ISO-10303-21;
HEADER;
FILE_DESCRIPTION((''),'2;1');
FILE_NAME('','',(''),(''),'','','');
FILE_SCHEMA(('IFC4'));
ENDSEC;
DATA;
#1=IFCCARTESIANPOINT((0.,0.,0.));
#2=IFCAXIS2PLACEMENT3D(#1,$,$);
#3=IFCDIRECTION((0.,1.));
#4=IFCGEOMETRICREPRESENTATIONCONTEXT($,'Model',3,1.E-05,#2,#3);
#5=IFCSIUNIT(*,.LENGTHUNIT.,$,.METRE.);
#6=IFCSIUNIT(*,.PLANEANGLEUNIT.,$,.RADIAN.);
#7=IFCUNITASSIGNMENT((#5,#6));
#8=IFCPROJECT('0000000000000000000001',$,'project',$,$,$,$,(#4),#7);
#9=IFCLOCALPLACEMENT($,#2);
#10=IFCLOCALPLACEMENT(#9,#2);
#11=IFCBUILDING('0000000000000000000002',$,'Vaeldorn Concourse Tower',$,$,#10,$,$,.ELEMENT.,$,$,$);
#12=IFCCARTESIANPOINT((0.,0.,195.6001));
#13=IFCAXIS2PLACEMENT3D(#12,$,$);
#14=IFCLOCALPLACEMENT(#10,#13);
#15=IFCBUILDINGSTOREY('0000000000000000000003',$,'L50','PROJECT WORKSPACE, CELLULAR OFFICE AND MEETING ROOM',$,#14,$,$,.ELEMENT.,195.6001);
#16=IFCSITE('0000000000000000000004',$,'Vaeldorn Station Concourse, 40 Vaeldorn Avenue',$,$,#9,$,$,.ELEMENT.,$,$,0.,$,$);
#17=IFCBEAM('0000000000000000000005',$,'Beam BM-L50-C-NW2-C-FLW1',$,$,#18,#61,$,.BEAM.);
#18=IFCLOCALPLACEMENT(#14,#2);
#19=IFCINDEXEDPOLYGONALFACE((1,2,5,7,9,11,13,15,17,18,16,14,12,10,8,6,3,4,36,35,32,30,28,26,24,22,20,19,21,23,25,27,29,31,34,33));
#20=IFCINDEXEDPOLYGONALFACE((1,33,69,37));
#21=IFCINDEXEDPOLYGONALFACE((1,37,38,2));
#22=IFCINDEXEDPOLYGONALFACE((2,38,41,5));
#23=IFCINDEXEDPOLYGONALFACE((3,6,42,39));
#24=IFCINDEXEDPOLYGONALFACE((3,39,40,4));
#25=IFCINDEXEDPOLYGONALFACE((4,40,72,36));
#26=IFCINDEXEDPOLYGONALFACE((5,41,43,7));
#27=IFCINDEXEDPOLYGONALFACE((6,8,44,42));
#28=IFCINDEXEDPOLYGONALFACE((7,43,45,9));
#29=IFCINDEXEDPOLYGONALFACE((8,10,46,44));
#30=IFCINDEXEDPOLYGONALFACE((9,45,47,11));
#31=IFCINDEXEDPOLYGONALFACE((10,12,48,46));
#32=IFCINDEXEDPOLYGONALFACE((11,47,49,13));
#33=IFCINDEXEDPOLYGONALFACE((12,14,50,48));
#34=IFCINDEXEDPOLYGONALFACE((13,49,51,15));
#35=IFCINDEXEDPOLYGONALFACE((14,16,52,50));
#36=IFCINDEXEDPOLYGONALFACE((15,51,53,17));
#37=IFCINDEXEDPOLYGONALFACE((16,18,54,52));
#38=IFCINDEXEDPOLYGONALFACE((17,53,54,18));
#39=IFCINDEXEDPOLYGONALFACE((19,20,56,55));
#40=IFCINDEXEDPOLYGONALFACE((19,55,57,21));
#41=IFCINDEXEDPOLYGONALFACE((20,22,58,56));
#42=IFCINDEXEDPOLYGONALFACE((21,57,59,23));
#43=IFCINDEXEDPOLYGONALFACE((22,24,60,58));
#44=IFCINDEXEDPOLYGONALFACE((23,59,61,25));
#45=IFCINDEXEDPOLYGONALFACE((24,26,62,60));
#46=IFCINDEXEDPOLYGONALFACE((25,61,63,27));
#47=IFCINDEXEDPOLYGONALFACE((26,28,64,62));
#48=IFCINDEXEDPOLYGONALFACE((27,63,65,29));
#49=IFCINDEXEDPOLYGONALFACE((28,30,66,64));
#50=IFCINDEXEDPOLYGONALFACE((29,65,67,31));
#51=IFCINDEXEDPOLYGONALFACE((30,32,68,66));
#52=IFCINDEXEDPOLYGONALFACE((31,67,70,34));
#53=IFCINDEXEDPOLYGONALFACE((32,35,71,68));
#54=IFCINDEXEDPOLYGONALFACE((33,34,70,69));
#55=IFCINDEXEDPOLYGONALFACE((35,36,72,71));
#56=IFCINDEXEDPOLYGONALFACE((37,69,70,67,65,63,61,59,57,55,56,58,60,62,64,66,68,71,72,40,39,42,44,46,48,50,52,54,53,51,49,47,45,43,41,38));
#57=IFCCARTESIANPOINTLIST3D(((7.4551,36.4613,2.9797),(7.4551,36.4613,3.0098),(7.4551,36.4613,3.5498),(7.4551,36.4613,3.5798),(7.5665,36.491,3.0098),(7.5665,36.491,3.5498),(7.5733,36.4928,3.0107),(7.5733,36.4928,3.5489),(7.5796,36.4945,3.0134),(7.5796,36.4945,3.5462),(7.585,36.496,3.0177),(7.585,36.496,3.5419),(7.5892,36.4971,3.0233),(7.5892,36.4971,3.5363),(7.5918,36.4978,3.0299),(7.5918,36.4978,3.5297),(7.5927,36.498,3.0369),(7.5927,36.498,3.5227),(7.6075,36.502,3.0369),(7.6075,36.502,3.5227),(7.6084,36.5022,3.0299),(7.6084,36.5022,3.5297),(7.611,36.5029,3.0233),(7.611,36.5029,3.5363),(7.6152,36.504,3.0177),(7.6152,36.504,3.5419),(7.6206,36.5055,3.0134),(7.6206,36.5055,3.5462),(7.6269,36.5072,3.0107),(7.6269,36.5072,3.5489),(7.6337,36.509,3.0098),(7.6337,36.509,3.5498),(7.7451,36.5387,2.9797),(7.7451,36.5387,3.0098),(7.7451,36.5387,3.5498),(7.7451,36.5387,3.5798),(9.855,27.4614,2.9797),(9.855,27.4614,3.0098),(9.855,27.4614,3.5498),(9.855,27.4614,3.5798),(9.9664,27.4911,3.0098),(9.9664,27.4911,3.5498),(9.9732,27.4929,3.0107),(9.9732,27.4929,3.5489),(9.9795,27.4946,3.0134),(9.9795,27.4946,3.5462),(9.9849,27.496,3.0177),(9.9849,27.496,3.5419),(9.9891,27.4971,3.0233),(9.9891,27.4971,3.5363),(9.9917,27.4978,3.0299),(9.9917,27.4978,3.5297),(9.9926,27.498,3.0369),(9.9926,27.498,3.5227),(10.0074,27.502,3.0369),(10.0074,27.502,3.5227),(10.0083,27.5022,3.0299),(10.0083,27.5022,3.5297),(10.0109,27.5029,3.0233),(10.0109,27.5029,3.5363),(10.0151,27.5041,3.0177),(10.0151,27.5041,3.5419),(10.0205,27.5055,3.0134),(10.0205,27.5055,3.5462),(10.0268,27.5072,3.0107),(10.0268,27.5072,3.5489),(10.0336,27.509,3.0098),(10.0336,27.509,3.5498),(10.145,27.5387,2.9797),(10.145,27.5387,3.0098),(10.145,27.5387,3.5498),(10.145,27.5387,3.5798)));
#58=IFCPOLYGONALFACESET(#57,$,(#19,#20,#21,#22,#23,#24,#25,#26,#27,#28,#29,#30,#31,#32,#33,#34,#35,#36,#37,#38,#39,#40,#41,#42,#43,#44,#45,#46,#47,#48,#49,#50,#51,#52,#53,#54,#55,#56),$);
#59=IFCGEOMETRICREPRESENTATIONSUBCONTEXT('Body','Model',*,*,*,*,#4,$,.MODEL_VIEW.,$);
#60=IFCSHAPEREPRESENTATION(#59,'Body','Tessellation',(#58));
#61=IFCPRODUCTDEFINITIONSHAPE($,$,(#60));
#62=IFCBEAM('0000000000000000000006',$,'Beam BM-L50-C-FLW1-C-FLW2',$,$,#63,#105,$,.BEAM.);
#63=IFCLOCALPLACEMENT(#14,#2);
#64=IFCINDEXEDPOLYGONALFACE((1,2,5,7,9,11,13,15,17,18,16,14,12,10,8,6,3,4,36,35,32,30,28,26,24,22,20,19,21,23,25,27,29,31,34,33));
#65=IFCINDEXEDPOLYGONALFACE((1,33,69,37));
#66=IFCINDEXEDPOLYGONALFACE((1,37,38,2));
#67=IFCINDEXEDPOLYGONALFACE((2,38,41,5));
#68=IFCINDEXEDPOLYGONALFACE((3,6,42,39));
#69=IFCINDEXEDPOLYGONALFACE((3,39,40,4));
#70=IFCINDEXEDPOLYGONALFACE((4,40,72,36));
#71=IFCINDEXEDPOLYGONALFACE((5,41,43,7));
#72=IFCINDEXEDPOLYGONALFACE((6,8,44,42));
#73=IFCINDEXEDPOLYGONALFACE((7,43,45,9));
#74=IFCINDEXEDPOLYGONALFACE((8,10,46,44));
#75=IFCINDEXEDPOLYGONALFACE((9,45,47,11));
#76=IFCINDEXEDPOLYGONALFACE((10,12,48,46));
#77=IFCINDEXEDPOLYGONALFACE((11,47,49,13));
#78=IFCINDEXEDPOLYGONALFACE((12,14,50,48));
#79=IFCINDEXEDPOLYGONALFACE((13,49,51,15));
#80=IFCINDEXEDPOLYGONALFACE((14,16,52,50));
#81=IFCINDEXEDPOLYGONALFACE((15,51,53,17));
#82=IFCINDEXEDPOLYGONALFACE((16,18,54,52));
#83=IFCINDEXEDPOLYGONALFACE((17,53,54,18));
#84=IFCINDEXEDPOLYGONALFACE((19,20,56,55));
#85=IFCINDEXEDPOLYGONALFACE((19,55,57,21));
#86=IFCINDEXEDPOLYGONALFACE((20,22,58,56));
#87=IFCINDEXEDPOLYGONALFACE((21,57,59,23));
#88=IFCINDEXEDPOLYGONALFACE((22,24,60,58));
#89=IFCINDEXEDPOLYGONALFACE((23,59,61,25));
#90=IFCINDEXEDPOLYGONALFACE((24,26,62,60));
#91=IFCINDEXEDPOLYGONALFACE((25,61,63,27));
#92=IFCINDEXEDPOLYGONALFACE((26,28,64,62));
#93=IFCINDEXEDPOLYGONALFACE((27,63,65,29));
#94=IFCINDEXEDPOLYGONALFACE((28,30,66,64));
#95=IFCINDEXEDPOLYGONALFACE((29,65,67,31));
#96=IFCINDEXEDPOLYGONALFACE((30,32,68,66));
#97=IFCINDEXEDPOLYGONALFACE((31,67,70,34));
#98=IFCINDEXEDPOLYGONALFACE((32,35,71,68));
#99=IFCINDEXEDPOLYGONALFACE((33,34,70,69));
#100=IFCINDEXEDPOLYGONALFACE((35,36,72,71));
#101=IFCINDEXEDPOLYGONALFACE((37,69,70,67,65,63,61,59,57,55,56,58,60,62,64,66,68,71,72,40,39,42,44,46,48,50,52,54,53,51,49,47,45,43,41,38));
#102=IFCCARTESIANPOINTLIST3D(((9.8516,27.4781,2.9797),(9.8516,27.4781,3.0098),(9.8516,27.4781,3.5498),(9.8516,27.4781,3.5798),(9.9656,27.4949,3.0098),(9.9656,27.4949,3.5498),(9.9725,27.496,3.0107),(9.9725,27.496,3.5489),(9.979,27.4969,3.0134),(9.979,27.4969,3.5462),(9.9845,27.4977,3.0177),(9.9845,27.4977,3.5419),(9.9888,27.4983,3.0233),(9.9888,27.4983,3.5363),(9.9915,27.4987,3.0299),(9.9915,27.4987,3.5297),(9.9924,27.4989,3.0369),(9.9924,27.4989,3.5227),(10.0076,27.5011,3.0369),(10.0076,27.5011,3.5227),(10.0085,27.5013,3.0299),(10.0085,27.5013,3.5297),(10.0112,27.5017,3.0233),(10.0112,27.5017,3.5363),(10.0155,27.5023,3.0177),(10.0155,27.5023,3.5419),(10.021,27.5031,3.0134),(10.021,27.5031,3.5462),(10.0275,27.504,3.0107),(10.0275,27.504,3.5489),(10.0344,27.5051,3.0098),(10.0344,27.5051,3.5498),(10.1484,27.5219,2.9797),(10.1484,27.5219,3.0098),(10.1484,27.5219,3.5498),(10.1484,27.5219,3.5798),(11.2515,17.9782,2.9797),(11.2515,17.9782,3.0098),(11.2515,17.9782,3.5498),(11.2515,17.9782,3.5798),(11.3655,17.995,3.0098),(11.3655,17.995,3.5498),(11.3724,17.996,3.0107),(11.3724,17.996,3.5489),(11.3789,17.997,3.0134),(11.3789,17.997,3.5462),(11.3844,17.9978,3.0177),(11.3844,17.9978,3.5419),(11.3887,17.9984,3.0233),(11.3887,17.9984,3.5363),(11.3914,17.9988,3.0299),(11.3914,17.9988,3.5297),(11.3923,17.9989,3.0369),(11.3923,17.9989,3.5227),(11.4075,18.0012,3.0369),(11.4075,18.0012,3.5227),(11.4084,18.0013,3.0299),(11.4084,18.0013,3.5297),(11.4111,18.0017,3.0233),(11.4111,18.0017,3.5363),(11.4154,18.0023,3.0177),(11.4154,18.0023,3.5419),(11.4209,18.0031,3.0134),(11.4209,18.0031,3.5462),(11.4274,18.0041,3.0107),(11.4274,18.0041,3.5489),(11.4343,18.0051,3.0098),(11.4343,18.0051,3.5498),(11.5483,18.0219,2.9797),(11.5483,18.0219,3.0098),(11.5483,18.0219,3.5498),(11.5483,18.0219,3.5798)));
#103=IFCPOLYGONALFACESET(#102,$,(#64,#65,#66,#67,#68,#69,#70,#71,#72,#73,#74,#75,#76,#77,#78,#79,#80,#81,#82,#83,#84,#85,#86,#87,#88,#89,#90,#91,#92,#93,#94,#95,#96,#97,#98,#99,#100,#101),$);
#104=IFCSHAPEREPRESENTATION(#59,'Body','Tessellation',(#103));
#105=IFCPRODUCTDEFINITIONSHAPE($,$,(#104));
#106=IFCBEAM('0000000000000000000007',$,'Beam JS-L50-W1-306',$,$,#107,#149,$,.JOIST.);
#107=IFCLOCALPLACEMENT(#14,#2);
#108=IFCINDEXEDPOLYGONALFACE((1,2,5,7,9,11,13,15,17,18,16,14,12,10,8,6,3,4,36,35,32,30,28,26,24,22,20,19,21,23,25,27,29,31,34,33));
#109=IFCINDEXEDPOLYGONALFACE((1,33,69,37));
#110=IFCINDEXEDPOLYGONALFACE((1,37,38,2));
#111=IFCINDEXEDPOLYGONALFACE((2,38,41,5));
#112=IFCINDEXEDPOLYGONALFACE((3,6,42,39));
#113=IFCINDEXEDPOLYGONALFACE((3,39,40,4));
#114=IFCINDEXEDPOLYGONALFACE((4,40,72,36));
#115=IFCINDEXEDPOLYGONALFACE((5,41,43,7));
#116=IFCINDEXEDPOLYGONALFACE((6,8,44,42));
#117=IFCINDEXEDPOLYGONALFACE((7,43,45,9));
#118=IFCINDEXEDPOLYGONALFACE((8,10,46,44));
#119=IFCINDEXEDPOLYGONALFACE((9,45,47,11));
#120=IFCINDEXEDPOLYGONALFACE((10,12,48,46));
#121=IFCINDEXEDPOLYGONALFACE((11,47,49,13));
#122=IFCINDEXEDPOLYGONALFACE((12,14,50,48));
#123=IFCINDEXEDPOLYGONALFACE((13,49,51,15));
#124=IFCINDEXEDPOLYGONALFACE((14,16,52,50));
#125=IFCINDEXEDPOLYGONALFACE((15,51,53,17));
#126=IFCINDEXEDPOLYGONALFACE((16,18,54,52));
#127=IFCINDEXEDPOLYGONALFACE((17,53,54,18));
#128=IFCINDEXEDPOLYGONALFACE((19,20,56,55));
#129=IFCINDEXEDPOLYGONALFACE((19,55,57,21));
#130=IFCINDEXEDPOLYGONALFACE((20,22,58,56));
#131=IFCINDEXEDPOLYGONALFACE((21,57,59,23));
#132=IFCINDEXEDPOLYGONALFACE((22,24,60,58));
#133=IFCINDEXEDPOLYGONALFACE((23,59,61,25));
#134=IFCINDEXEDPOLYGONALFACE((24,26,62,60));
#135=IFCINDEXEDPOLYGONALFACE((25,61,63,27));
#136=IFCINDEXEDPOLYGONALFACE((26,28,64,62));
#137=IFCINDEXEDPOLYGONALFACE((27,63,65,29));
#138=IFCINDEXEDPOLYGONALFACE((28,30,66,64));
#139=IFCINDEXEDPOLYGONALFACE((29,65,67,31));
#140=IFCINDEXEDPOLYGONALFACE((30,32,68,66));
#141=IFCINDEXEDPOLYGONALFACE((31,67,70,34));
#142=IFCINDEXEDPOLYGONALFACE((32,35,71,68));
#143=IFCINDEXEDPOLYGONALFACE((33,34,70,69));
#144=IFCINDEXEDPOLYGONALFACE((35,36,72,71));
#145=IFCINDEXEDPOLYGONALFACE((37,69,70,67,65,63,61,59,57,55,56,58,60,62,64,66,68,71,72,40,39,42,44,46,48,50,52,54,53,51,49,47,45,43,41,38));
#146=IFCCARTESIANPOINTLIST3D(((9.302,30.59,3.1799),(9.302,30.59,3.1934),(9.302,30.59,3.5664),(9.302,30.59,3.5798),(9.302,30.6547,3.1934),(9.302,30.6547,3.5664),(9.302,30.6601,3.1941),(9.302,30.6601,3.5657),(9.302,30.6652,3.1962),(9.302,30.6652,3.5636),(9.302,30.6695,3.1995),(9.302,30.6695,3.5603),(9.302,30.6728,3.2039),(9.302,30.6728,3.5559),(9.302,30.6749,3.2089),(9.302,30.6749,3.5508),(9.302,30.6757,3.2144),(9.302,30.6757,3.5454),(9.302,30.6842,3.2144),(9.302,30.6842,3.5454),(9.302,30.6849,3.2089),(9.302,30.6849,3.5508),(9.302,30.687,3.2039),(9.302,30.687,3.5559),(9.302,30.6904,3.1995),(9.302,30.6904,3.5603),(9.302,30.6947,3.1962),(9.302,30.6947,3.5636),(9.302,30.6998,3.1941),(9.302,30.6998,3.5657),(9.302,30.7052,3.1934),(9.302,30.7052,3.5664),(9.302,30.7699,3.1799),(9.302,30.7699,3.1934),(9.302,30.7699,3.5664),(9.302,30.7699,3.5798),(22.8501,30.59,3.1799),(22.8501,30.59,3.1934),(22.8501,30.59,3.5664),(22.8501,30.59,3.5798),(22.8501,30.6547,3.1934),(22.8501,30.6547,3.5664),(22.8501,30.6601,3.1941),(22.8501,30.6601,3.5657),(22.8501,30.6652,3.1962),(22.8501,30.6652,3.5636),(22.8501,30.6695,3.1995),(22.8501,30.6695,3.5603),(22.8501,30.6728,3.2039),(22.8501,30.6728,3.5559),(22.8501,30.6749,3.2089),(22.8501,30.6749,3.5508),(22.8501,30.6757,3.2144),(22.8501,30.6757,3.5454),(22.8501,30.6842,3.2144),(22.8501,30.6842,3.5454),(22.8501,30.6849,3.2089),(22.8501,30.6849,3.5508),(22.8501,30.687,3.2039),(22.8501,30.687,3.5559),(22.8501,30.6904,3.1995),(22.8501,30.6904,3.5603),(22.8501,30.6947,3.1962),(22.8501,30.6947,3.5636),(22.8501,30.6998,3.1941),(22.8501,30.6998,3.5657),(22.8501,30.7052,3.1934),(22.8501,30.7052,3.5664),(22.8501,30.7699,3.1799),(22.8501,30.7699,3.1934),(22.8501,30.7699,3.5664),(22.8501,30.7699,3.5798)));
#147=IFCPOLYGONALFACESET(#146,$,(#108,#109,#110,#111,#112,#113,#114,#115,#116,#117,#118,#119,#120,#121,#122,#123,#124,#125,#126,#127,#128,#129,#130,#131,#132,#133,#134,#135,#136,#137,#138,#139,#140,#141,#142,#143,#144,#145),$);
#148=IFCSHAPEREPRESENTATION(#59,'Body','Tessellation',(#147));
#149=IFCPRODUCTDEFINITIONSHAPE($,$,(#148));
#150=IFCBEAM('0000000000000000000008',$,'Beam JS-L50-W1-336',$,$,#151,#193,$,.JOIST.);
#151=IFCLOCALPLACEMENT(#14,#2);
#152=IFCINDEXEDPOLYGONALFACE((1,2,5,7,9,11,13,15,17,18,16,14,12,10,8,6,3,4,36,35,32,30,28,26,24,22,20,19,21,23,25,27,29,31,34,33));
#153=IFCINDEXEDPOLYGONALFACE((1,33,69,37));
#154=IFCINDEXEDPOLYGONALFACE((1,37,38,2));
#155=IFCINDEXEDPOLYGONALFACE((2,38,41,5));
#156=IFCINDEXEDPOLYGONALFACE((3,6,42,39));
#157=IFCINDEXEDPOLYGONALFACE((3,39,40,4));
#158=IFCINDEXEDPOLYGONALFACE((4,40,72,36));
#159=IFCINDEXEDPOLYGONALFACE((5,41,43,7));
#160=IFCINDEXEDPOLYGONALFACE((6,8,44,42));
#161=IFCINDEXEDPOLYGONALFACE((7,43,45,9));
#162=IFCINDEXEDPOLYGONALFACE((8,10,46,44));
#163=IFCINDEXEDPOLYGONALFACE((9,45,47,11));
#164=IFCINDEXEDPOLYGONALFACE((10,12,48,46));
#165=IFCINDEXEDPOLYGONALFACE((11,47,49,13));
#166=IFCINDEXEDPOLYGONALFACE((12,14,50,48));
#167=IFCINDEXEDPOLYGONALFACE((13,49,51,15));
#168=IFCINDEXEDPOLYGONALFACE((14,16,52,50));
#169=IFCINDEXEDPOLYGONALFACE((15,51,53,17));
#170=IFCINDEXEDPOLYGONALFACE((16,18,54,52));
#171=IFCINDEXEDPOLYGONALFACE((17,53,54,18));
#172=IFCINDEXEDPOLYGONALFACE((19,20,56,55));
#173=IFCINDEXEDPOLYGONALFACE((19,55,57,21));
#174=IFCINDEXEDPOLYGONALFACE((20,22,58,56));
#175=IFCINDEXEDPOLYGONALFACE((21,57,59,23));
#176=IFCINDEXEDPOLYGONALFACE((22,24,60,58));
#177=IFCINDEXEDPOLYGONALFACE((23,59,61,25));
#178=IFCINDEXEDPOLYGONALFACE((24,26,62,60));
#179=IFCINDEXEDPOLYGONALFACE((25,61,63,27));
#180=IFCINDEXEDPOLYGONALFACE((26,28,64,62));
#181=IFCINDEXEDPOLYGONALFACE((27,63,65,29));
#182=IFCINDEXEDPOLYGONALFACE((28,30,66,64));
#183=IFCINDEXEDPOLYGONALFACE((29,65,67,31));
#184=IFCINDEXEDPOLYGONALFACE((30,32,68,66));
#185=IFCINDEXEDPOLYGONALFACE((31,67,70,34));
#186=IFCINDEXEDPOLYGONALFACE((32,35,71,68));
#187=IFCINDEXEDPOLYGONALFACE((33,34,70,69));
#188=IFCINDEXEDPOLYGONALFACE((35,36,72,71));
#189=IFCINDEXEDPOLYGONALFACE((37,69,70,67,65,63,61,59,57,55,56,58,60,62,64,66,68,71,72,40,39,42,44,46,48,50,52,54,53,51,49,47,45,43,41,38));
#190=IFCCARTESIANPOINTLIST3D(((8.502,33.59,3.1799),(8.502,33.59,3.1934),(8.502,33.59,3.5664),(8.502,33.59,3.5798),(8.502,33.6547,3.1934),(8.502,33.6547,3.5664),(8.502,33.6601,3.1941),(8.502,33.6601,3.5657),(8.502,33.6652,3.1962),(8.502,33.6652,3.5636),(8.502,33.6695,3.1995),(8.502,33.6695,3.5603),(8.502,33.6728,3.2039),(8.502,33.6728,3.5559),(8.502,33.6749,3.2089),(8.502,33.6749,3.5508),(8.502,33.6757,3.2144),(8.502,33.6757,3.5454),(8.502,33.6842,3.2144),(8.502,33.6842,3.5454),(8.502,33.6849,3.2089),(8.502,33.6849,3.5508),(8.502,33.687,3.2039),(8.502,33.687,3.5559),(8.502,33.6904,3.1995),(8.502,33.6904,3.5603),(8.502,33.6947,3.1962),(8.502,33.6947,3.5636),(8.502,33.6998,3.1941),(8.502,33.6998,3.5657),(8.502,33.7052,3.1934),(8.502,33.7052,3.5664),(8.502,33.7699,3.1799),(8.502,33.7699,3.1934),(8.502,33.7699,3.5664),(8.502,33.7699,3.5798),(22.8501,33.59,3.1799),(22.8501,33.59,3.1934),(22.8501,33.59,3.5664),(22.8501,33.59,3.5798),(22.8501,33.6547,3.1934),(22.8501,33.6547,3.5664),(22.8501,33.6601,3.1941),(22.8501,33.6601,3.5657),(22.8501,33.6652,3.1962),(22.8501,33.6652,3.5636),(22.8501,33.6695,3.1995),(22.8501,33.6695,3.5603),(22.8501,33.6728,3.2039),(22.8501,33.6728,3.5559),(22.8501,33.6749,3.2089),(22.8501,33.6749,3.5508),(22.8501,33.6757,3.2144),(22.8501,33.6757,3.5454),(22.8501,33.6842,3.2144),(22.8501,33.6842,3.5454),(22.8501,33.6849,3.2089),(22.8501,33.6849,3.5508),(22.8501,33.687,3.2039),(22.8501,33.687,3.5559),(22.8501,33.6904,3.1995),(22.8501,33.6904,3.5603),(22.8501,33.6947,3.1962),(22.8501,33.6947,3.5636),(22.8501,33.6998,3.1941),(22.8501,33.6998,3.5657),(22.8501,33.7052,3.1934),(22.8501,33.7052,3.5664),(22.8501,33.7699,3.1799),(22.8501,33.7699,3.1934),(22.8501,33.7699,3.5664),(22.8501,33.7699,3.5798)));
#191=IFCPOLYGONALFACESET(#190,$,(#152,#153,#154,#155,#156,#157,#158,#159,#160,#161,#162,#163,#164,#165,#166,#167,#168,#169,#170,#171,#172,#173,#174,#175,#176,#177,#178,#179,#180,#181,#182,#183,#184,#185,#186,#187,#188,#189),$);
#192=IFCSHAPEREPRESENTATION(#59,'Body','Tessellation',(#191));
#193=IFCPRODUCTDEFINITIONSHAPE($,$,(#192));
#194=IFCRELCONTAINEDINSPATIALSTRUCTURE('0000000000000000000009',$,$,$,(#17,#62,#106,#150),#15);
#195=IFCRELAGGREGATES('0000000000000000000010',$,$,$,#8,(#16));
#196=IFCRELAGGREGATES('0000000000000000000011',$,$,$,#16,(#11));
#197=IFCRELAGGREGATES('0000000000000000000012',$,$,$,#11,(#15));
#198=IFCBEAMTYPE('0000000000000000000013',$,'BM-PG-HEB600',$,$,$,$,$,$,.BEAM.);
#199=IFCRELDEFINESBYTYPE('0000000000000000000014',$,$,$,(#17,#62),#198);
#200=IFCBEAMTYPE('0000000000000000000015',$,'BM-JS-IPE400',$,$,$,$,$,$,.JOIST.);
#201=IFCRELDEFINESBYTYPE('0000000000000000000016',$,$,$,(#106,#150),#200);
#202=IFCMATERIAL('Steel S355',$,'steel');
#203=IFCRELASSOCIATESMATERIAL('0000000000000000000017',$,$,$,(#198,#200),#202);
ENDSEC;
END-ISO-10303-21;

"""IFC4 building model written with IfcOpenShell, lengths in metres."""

from ifc_helpers import new_model, si_unit, direction, frame, origin, origin_2d, place, context, subcontext, project, spatial, i_section, extrude, source, transform, mapped, material, material_profile, profile_set, type_object, element, save


model = new_model("IFC4")

# Units and contexts
model_context = context("Model", 3, precision=1e-05, world=origin(), true_north=direction((0.0, 1.0)))
body_context = subcontext(model_context, "Body", "Model", "MODEL_VIEW")
ifc_project = project(units=[si_unit("LENGTHUNIT", "METRE"), si_unit("PLANEANGLEUNIT", "RADIAN")], contexts=[model_context])

# Site, building, storey
site_placement = place(None, origin())
site = spatial("IfcSite", under=ifc_project, at=site_placement, Name="Vaeldorn Station Concourse, 40 Vaeldorn Avenue", CompositionType="ELEMENT", RefElevation=0.0)
building_placement = place(site_placement, origin())
building = spatial("IfcBuilding", under=site, at=building_placement, Name="Vaeldorn Concourse Tower", CompositionType="ELEMENT")
storey_placement = place(building_placement, frame((0.0, 0.0, 195.6001)))
storey = spatial("IfcBuildingStorey", under=building, at=storey_placement, Name="L50", Description="PROJECT WORKSPACE, CELLULAR OFFICE AND MEETING ROOM", CompositionType="ELEMENT", Elevation=195.6001)

# Beams
ifc_material_1 = material(Name="Steel S355", Category="steel")
ifc_material_profile_1 = material_profile(ifc_material_1, i_section(OverallWidth=0.3, OverallDepth=0.6001, WebThickness=0.0154, FlangeThickness=0.03, FilletRadius=0.0271, at=origin_2d()), Name="HEB 600")
ifc_profile_set_1 = profile_set([ifc_material_profile_1], Name="Steel S355")
beam_type_1 = type_object("IfcBeamType", Name="BM-PG-HEB600", PredefinedType="BEAM", material=ifc_profile_set_1)
shared_shape_1 = source(origin(), body_context, "Body", "SweptSolid", [
    extrude(i_section(OverallWidth=0.3, OverallDepth=0.6001, WebThickness=0.0154, FlangeThickness=0.03, FilletRadius=0.0271, at=origin_2d()), origin(), (0.0, 0.0, 1.0), 9.3145),
])
beam_1_placement = place(storey_placement, frame((7.6001, 36.5, 3.2798), z_axis=(0.257653, -0.966238, 0.0), x_axis=(0.966238, 0.257653, 0.0)))
element("IfcBeam", 1, at=beam_1_placement, inside=storey, type_object=beam_type_1, Name="Beam BM-L50-C-NW2-C-FLW1", PredefinedType="BEAM", context=body_context, shape_type="MappedRepresentation", body=[
    mapped(shared_shape_1, transform((0.0, 0.0, 0.0), scale=1.0)),
])
shared_shape_2 = source(origin(), body_context, "Body", "SweptSolid", [
    extrude(i_section(OverallWidth=0.3, OverallDepth=0.6001, WebThickness=0.0154, FlangeThickness=0.03, FilletRadius=0.0271, at=origin_2d()), origin(), (0.0, 0.0, 1.0), 9.6025),
])
beam_2_placement = place(storey_placement, frame((10.0, 27.5, 3.2798), z_axis=(0.145784, -0.989316, 0.0), x_axis=(0.989316, 0.145784, 0.0)))
element("IfcBeam", 2, at=beam_2_placement, inside=storey, type_object=beam_type_1, Name="Beam BM-L50-C-FLW1-C-FLW2", PredefinedType="BEAM", context=body_context, shape_type="MappedRepresentation", body=[
    mapped(shared_shape_2, transform((0.0, 0.0, 0.0), scale=1.0)),
])
ifc_material_profile_2 = material_profile(ifc_material_1, i_section(OverallWidth=0.1799, OverallDepth=0.3999, WebThickness=0.0085, FlangeThickness=0.0134, FilletRadius=0.021, at=origin_2d()), Name="IPE 400")
ifc_profile_set_2 = profile_set([ifc_material_profile_2], Name="Steel S355")
beam_type_2 = type_object("IfcBeamType", Name="BM-JS-IPE400", PredefinedType="JOIST", material=ifc_profile_set_2)
shared_shape_3 = source(origin(), body_context, "Body", "SweptSolid", [
    extrude(i_section(OverallWidth=0.1799, OverallDepth=0.3999, WebThickness=0.0085, FlangeThickness=0.0134, FilletRadius=0.021, at=origin_2d()), origin(), (0.0, 0.0, 1.0), 13.5481),
])
beam_3_placement = place(storey_placement, frame((9.302, 30.6799, 3.3799), z_axis=(1.0, 0.0, 0.0), x_axis=(0.0, 1.0, 0.0)))
element("IfcBeam", 3, at=beam_3_placement, inside=storey, type_object=beam_type_2, Name="Beam JS-L50-W1-306", PredefinedType="JOIST", context=body_context, shape_type="MappedRepresentation", body=[
    mapped(shared_shape_3, transform((0.0, 0.0, 0.0), scale=1.0)),
])
shared_shape_4 = source(origin(), body_context, "Body", "SweptSolid", [
    extrude(i_section(OverallWidth=0.1799, OverallDepth=0.3999, WebThickness=0.0085, FlangeThickness=0.0134, FilletRadius=0.021, at=origin_2d()), origin(), (0.0, 0.0, 1.0), 14.3481),
])
beam_4_placement = place(storey_placement, frame((8.502, 33.6799, 3.3799), z_axis=(1.0, 0.0, 0.0), x_axis=(0.0, 1.0, 0.0)))
element("IfcBeam", 4, at=beam_4_placement, inside=storey, type_object=beam_type_2, Name="Beam JS-L50-W1-336", PredefinedType="JOIST", context=body_context, shape_type="MappedRepresentation", body=[
    mapped(shared_shape_4, transform((0.0, 0.0, 0.0), scale=1.0)),
])

save(model, "model.ifc")
